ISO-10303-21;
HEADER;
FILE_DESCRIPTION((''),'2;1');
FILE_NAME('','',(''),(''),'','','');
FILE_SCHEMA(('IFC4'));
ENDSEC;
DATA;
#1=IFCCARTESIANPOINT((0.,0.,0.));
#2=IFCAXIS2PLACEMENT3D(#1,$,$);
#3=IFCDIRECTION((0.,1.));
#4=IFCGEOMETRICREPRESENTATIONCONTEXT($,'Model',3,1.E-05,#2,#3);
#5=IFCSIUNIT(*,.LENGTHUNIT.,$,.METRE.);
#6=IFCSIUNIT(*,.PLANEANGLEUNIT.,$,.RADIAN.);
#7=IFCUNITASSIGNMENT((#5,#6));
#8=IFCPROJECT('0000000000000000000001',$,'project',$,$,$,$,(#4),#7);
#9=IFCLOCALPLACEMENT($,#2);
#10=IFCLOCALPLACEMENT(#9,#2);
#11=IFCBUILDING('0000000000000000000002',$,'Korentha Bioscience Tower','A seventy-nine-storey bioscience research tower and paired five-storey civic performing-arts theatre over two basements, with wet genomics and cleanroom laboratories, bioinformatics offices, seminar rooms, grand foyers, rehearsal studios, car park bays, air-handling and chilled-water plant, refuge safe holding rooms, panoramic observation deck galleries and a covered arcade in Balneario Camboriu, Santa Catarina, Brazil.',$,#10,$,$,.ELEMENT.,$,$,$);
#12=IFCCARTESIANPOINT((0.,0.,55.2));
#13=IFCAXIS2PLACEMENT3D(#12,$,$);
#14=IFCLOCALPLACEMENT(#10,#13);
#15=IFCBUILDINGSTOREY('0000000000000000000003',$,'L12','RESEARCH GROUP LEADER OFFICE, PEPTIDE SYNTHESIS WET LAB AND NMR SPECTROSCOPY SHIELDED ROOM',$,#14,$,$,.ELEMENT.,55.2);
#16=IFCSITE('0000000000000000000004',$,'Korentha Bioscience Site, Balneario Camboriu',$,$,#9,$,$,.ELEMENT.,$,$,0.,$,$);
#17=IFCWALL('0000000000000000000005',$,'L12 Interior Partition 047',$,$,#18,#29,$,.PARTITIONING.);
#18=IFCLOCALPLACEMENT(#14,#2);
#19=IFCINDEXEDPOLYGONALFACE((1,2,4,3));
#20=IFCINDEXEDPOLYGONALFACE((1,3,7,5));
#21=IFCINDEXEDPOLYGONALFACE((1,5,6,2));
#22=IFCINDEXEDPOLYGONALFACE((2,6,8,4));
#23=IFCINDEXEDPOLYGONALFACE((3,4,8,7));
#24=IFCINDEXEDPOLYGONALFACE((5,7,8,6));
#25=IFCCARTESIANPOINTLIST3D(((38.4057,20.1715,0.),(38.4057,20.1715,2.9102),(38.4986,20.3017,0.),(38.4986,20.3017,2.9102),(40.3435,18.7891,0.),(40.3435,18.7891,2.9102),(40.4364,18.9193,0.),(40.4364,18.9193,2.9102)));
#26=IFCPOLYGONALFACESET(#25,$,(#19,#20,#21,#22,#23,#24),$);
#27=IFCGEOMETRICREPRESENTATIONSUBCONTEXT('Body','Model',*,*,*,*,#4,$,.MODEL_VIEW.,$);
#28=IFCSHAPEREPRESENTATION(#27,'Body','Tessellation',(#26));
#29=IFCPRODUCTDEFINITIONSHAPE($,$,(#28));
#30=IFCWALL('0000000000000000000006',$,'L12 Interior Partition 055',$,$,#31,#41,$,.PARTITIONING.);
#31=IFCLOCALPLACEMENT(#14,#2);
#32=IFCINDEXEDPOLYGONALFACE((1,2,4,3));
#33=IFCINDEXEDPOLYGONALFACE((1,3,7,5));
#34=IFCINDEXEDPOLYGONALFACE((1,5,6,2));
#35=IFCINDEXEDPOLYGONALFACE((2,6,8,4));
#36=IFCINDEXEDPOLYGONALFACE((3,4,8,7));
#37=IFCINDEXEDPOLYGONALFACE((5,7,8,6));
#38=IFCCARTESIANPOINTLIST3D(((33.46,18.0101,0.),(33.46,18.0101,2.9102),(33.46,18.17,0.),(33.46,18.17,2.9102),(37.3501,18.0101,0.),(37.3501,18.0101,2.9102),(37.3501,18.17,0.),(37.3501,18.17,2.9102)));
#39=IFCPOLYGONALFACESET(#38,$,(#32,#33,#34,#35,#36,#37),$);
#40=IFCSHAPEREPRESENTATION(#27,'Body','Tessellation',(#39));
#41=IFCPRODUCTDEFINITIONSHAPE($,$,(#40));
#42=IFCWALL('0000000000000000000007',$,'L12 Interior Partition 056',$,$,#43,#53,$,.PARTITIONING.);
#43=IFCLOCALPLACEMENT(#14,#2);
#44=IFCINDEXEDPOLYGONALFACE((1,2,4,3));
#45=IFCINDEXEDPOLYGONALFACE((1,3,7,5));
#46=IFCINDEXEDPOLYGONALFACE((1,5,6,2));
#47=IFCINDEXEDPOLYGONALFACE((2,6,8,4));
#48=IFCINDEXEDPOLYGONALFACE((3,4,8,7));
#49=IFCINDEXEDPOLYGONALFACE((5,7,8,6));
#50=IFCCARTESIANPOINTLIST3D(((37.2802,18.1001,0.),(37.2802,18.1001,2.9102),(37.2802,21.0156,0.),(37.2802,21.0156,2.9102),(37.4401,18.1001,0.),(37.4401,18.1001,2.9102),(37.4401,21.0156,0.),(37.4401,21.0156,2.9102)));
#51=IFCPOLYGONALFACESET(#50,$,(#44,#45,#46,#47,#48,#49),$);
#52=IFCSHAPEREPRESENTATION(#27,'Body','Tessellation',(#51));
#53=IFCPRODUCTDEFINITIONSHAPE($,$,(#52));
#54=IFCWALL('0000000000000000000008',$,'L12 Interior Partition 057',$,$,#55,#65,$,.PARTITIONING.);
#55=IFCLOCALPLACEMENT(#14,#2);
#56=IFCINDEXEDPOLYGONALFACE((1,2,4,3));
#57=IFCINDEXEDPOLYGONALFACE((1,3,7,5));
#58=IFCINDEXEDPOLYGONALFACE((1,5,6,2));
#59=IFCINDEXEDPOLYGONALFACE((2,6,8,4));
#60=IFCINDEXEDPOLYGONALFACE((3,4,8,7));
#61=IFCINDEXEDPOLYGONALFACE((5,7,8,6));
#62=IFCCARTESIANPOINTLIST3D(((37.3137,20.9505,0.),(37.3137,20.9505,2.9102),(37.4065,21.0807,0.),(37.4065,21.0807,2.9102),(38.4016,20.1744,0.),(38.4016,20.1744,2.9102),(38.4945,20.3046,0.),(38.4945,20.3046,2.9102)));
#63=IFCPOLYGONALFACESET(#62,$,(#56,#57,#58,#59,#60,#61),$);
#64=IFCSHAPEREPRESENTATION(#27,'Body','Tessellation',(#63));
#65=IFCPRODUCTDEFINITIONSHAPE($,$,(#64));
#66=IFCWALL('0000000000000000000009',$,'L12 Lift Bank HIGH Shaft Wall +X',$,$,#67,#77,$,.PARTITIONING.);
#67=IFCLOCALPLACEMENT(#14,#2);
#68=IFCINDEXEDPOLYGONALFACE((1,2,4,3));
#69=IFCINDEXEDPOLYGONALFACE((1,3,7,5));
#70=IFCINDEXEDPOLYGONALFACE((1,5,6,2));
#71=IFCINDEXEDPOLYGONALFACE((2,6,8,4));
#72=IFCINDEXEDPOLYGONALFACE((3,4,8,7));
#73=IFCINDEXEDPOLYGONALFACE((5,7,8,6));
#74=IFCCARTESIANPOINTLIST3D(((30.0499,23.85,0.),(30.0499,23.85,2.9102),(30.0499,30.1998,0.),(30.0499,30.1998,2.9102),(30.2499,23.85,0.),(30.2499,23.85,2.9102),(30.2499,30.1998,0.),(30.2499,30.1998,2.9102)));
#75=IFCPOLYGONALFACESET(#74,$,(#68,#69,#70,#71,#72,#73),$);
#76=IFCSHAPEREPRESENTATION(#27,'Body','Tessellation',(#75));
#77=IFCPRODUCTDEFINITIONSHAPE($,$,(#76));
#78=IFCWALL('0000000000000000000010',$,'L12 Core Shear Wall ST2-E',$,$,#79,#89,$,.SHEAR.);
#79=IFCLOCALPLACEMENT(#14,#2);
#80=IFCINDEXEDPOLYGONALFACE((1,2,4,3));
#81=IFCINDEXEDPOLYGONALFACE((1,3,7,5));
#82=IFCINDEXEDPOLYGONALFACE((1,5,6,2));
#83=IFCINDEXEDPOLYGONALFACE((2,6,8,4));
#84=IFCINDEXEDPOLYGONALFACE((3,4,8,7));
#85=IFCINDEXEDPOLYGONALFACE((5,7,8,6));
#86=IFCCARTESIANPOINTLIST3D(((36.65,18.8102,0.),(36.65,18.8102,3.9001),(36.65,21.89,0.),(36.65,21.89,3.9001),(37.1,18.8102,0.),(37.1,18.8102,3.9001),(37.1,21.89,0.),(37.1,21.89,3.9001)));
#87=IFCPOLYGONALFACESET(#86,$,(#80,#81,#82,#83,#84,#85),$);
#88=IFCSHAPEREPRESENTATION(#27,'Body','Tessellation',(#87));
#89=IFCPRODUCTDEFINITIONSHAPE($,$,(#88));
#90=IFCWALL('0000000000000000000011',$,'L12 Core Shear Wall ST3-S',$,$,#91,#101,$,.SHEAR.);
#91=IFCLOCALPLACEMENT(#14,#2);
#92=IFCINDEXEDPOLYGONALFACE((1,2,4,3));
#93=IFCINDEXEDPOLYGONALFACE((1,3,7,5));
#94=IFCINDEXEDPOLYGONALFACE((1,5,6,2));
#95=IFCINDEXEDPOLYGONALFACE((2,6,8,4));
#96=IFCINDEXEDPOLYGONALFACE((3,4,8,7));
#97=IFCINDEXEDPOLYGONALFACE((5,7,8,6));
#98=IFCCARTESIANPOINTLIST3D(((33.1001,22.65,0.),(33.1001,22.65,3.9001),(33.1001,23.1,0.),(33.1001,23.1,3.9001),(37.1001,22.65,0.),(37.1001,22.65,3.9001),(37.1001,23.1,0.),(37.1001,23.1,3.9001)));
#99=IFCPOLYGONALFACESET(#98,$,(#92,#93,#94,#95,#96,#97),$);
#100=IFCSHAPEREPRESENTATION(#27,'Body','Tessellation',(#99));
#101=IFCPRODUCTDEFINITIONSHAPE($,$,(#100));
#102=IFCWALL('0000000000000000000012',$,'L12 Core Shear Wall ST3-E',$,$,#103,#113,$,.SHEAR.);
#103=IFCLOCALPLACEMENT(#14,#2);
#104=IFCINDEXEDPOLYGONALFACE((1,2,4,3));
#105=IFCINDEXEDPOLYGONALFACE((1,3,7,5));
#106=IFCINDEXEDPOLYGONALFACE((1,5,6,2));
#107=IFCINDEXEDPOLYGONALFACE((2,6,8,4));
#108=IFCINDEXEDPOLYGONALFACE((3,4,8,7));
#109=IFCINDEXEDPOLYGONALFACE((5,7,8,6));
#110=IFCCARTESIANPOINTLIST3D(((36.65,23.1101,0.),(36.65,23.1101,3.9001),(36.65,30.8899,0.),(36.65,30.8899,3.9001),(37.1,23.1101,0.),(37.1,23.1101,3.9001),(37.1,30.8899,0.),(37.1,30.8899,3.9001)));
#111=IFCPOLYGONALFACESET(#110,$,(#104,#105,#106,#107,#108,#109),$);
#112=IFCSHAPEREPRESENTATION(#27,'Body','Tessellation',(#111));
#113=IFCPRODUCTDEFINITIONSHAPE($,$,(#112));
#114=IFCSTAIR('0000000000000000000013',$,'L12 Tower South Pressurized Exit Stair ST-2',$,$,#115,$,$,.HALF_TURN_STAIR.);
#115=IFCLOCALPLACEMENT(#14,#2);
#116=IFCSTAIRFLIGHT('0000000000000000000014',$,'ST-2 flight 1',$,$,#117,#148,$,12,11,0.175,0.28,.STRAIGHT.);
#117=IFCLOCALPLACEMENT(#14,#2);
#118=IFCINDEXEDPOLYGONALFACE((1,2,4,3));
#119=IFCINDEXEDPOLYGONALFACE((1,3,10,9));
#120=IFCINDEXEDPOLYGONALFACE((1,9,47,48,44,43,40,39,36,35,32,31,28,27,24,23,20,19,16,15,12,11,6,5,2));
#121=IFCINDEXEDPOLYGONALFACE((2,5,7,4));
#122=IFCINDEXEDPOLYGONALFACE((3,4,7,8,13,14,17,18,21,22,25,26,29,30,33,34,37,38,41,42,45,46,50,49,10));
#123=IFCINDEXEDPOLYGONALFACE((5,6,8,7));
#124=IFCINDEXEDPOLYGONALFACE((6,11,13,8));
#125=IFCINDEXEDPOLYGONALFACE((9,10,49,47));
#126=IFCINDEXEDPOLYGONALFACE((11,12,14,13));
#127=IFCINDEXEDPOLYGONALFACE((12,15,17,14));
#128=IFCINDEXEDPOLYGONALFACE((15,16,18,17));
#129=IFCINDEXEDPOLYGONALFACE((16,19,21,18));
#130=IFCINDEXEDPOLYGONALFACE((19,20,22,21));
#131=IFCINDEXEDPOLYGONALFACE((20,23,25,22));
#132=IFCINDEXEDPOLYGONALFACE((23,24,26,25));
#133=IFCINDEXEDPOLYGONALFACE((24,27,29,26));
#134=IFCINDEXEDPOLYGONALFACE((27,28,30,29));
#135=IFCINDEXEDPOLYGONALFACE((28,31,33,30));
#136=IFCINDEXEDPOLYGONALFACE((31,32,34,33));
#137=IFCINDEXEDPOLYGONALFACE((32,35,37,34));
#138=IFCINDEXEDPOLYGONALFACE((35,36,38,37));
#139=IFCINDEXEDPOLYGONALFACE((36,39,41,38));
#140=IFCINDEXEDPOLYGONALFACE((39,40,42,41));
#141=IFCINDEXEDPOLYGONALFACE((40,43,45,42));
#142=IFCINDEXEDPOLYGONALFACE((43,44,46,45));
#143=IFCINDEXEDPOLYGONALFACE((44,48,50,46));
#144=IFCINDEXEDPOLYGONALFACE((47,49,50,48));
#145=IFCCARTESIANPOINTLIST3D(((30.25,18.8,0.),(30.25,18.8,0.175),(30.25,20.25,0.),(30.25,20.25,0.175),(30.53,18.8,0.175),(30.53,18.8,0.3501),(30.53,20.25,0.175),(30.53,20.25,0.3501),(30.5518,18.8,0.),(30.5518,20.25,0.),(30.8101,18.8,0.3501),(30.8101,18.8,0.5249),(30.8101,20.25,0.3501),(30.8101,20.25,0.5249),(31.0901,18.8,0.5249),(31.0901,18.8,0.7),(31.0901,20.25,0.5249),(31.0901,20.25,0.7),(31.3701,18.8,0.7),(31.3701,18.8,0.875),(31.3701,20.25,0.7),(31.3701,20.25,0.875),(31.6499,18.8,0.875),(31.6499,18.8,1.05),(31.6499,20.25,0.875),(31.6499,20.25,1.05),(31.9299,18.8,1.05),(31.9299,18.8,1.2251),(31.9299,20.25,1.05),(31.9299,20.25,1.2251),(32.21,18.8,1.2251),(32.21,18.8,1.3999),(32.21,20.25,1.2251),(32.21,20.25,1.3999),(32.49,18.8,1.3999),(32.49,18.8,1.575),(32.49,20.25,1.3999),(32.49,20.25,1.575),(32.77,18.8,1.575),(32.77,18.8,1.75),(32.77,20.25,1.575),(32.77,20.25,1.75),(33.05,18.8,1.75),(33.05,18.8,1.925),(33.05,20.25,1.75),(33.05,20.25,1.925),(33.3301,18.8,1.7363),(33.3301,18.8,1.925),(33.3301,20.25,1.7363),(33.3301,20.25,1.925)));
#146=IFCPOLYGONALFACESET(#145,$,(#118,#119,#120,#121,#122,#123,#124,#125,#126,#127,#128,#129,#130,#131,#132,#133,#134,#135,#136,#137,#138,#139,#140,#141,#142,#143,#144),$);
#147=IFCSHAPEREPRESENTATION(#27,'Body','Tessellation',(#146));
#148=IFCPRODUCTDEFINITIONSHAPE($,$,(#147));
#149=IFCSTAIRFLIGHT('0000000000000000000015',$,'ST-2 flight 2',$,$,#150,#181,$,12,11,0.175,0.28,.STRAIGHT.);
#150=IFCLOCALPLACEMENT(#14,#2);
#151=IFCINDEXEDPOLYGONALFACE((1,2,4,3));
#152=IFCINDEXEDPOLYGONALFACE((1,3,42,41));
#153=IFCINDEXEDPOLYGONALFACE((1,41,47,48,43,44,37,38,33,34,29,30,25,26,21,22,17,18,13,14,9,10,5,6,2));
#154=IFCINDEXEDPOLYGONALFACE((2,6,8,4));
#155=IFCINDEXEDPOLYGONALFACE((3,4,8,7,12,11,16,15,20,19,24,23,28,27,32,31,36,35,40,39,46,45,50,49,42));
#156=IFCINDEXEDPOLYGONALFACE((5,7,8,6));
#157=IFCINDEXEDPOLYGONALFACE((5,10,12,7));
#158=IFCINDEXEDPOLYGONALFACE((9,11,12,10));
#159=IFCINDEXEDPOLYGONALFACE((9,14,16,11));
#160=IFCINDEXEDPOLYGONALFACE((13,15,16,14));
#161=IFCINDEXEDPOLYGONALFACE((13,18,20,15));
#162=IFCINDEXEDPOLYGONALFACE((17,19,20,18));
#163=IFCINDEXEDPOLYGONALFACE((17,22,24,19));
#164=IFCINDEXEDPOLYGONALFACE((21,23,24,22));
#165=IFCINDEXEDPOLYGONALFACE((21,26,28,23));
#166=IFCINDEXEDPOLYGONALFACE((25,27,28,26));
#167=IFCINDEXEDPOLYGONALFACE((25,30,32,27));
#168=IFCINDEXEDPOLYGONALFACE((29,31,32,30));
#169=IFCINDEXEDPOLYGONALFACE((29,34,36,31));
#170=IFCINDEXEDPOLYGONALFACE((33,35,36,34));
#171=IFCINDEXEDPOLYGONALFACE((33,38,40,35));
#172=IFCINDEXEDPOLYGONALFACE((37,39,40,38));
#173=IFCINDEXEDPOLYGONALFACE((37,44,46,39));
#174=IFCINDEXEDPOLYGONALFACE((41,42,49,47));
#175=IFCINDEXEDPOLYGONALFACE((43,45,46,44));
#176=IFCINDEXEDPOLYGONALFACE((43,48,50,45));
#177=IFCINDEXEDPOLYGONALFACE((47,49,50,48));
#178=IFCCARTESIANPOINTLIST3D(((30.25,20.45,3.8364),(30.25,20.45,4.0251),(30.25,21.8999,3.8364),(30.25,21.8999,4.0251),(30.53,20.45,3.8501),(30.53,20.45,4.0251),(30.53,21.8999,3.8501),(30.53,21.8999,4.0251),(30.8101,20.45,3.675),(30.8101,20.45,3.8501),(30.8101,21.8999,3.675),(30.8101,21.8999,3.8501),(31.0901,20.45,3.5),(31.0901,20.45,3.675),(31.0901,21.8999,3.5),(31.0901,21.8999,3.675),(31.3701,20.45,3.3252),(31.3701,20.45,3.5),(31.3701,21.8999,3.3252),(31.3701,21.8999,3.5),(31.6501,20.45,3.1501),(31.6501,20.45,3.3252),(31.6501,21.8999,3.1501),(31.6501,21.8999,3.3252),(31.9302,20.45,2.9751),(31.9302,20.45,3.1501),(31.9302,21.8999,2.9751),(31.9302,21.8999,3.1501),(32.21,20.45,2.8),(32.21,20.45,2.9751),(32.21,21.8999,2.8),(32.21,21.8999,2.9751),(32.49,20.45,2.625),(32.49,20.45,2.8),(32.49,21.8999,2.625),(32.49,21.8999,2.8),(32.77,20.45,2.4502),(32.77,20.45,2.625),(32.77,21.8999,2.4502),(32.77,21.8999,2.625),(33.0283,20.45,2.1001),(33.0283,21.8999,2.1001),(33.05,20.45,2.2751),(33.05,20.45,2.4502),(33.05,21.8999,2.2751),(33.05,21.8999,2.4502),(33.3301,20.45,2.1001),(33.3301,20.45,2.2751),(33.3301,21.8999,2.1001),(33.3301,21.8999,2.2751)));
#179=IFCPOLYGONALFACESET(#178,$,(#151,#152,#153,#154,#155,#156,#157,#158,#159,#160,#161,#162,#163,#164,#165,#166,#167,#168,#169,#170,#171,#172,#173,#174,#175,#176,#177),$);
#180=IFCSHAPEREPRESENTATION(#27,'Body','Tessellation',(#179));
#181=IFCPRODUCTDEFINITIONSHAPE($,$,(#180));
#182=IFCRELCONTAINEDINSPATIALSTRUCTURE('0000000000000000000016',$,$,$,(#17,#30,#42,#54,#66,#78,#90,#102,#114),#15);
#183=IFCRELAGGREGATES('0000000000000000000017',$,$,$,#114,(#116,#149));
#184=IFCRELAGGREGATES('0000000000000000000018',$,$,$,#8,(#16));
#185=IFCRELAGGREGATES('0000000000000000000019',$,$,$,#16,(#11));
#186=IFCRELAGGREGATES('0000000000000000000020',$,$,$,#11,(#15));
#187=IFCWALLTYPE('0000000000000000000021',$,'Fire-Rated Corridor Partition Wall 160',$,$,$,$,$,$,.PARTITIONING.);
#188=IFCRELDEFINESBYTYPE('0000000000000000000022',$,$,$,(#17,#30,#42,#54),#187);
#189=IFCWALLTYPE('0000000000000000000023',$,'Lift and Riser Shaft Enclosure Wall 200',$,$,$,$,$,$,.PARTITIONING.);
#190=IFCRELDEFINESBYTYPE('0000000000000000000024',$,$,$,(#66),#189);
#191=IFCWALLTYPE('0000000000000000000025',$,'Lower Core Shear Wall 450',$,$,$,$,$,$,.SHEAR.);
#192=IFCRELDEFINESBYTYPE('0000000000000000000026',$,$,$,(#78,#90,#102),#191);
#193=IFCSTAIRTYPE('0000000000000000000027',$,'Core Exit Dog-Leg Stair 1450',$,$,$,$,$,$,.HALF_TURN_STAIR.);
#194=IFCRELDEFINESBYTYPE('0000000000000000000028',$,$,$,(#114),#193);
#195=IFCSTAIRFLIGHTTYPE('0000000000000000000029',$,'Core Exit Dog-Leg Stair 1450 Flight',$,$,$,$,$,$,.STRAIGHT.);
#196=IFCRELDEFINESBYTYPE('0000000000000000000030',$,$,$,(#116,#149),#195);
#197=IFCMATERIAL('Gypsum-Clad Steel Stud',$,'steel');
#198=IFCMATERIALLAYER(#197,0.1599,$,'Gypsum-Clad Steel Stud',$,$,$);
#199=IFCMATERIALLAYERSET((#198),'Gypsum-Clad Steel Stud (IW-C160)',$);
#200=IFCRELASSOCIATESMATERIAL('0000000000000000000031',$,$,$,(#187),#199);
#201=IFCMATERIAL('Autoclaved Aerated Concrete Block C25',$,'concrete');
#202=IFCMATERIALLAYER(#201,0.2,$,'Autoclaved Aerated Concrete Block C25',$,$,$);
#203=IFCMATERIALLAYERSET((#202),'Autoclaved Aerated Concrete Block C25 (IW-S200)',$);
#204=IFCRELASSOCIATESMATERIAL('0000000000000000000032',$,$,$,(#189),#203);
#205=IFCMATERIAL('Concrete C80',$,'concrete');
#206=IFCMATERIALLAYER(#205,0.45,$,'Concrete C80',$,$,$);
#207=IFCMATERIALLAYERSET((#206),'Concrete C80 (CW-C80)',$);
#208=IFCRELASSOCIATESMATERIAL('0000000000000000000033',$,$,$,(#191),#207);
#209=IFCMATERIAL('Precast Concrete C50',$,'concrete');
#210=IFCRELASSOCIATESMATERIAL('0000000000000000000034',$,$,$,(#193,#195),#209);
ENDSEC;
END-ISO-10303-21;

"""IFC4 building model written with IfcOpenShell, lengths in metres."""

from ifc_helpers import new_model, si_unit, direction, frame, frame_2d, origin, place, context, subcontext, project, spatial, polyline, rectangle, outline, extrude, material, layer, layer_set, type_object, element, aggregate, save


model = new_model("IFC4")

# Units and contexts
model_context = context("Model", 3, precision=1e-05, world=origin(), true_north=direction((0.0, 1.0)))
body_context = subcontext(model_context, "Body", "Model", "MODEL_VIEW")
ifc_project = project(units=[si_unit("LENGTHUNIT", "METRE"), si_unit("PLANEANGLEUNIT", "RADIAN")], contexts=[model_context])

# Site, building, storey
site_placement = place(None, origin())
site = spatial("IfcSite", under=ifc_project, at=site_placement, Name="Korentha Bioscience Site, Balneario Camboriu", CompositionType="ELEMENT", RefElevation=0.0)
building_placement = place(site_placement, origin())
building = spatial("IfcBuilding", under=site, at=building_placement, Name="Korentha Bioscience Tower", Description="A seventy-nine-storey bioscience research tower and paired five-storey civic performing-arts theatre over two basements, with wet genomics and cleanroom laboratories, bioinformatics offices, seminar rooms, grand foyers, rehearsal studios, car park bays, air-handling and chilled-water plant, refuge safe holding rooms, panoramic observation deck galleries and a covered arcade in Balneario Camboriu, Santa Catarina, Brazil.", CompositionType="ELEMENT")
storey_placement = place(building_placement, frame((0.0, 0.0, 55.2)))
storey = spatial("IfcBuildingStorey", under=building, at=storey_placement, Name="L12", Description="RESEARCH GROUP LEADER OFFICE, PEPTIDE SYNTHESIS WET LAB AND NMR SPECTROSCOPY SHIELDED ROOM", CompositionType="ELEMENT", Elevation=55.2)

# Walls
ifc_material_1 = material(Name="Gypsum-Clad Steel Stud", Category="steel")
ifc_layer_1 = layer(ifc_material_1, 0.1599, Name="Gypsum-Clad Steel Stud")
ifc_layer_set_1 = layer_set([ifc_layer_1], Name="Gypsum-Clad Steel Stud (IW-C160)")
wall_type_1 = type_object("IfcWallType", Name="Fire-Rated Corridor Partition Wall 160", PredefinedType="PARTITIONING", material=ifc_layer_set_1)
wall_1_placement = place(storey_placement, frame((38.4521, 20.2366, 0.0), z_axis=(0.0, 0.0, 1.0), x_axis=(0.814087, -0.580743, 0.0)))
element("IfcWall", 1, at=wall_1_placement, inside=storey, type_object=wall_type_1, Name="L12 Interior Partition 047", PredefinedType="PARTITIONING", context=body_context, shape_type="SweptSolid", body=[
    extrude(rectangle(XDim=2.3804, YDim=0.1599, at=frame_2d((1.1902, 0.0))), origin(), (0.0, 0.0, 1.0), 2.9102),
])
wall_2_placement = place(storey_placement, frame((33.46, 18.0901, 0.0), z_axis=(0.0, 0.0, 1.0), x_axis=(1.0, 0.0, 0.0)))
element("IfcWall", 2, at=wall_2_placement, inside=storey, type_object=wall_type_1, Name="L12 Interior Partition 055", PredefinedType="PARTITIONING", context=body_context, shape_type="SweptSolid", body=[
    extrude(rectangle(XDim=3.8901, YDim=0.1599, at=frame_2d((1.9451, 0.0))), origin(), (0.0, 0.0, 1.0), 2.9102),
])
wall_3_placement = place(storey_placement, frame((37.3601, 18.1001, 0.0), z_axis=(0.0, 0.0, 1.0), x_axis=(0.0, 1.0, 0.0)))
element("IfcWall", 3, at=wall_3_placement, inside=storey, type_object=wall_type_1, Name="L12 Interior Partition 056", PredefinedType="PARTITIONING", context=body_context, shape_type="SweptSolid", body=[
    extrude(rectangle(XDim=2.9155, YDim=0.1599, at=frame_2d((1.4578, 0.0))), origin(), (0.0, 0.0, 1.0), 2.9102),
])
wall_4_placement = place(storey_placement, frame((37.3601, 21.0156, 0.0), z_axis=(0.0, 0.0, 1.0), x_axis=(0.814067, -0.580771, 0.0)))
element("IfcWall", 4, at=wall_4_placement, inside=storey, type_object=wall_type_1, Name="L12 Interior Partition 057", PredefinedType="PARTITIONING", context=body_context, shape_type="SweptSolid", body=[
    extrude(rectangle(XDim=1.3364, YDim=0.1599, at=frame_2d((0.6682, 0.0))), origin(), (0.0, 0.0, 1.0), 2.9102),
])
ifc_material_2 = material(Name="Autoclaved Aerated Concrete Block C25", Category="concrete")
ifc_layer_2 = layer(ifc_material_2, 0.2, Name="Autoclaved Aerated Concrete Block C25")
ifc_layer_set_2 = layer_set([ifc_layer_2], Name="Autoclaved Aerated Concrete Block C25 (IW-S200)")
wall_type_2 = type_object("IfcWallType", Name="Lift and Riser Shaft Enclosure Wall 200", PredefinedType="PARTITIONING", material=ifc_layer_set_2)
wall_5_placement = place(storey_placement, frame((30.1499, 23.8501, 0.0), z_axis=(0.0, 0.0, 1.0), x_axis=(0.0, 1.0, 0.0)))
element("IfcWall", 5, at=wall_5_placement, inside=storey, type_object=wall_type_2, Name="L12 Lift Bank HIGH Shaft Wall +X", PredefinedType="PARTITIONING", context=body_context, shape_type="SweptSolid", body=[
    extrude(rectangle(XDim=6.3499, YDim=0.2, at=frame_2d((3.1748, 0.0))), origin(), (0.0, 0.0, 1.0), 2.9102),
])
ifc_material_3 = material(Name="Concrete C80", Category="concrete")
ifc_layer_3 = layer(ifc_material_3, 0.45, Name="Concrete C80")
ifc_layer_set_3 = layer_set([ifc_layer_3], Name="Concrete C80 (CW-C80)")
wall_type_3 = type_object("IfcWallType", Name="Lower Core Shear Wall 450", PredefinedType="SHEAR", material=ifc_layer_set_3)
wall_6_placement = place(storey_placement, frame((36.875, 18.8101, 0.0), z_axis=(0.0, 0.0, 1.0), x_axis=(0.0, 1.0, 0.0)))
element("IfcWall", 6, at=wall_6_placement, inside=storey, type_object=wall_type_3, Name="L12 Core Shear Wall ST2-E", PredefinedType="SHEAR", context=body_context, shape_type="SweptSolid", body=[
    extrude(rectangle(XDim=3.0798, YDim=0.45, at=frame_2d((1.54, 0.0))), origin(), (0.0, 0.0, 1.0), 3.9001),
])
wall_7_placement = place(storey_placement, frame((33.1001, 22.875, 0.0), z_axis=(0.0, 0.0, 1.0), x_axis=(1.0, 0.0, 0.0)))
element("IfcWall", 7, at=wall_7_placement, inside=storey, type_object=wall_type_3, Name="L12 Core Shear Wall ST3-S", PredefinedType="SHEAR", context=body_context, shape_type="SweptSolid", body=[
    extrude(rectangle(XDim=4.0, YDim=0.45, at=frame_2d((2.0, 0.0))), origin(), (0.0, 0.0, 1.0), 3.9001),
])
wall_8_placement = place(storey_placement, frame((36.875, 23.1101, 0.0), z_axis=(0.0, 0.0, 1.0), x_axis=(0.0, 1.0, 0.0)))
element("IfcWall", 8, at=wall_8_placement, inside=storey, type_object=wall_type_3, Name="L12 Core Shear Wall ST3-E", PredefinedType="SHEAR", context=body_context, shape_type="SweptSolid", body=[
    extrude(rectangle(XDim=7.7798, YDim=0.45, at=frame_2d((3.8899, 0.0))), origin(), (0.0, 0.0, 1.0), 3.9001),
])

# Stair, stair flights
ifc_material_4 = material(Name="Precast Concrete C50", Category="concrete")
stair_type = type_object("IfcStairType", Name="Core Exit Dog-Leg Stair 1450", PredefinedType="HALF_TURN_STAIR", material=ifc_material_4)
stair_1_placement = place(storey_placement, origin())
stair_1 = element("IfcStair", 9, at=stair_1_placement, inside=storey, type_object=stair_type, Name="L12 Tower South Pressurized Exit Stair ST-2", PredefinedType="HALF_TURN_STAIR")
stair_flight_type = type_object("IfcStairFlightType", Name="Core Exit Dog-Leg Stair 1450 Flight", PredefinedType="STRAIGHT", material=ifc_material_4)
stair_flight_1_placement = place(storey_placement, frame((30.25, 19.5249, 0.0), z_axis=(0.0, 0.0, 1.0), x_axis=(1.0, 0.0, 0.0)))
stair_flight_1 = element("IfcStairFlight", 10, at=stair_flight_1_placement, type_object=stair_flight_type, Name="ST-2 flight 1", NumberOfRisers=12, NumberOfTreads=11, PredefinedType="STRAIGHT", RiserHeight=0.175, TreadLength=0.28, context=body_context, shape_type="SweptSolid", body=[
    extrude(outline(polyline([(0.0, 0.0), (0.0, 0.175), (0.28, 0.175), (0.28, 0.3501), (0.5601, 0.3501), (0.5601, 0.5249), (0.8401, 0.5249), (0.8401, 0.7), (1.1201, 0.7), (1.1201, 0.875), (1.3999, 0.875), (1.3999, 1.05), (1.6799, 1.05), (1.6799, 1.2251), (1.96, 1.2251), (1.96, 1.3999), (2.24, 1.3999), (2.24, 1.575), (2.52, 1.575), (2.52, 1.75), (2.8, 1.75), (2.8, 1.925), (3.0801, 1.925), (3.0801, 2.1001), (3.0801, 1.7363), (0.3018, 0.0), (0.0, 0.0)])), frame((0.0, 0.7251, 0.0), z_axis=(0.0, -1.0, 0.0), x_axis=(1.0, 0.0, 0.0)), (0.0, 0.0, 1.0), 1.45),
])
stair_flight_2_placement = place(storey_placement, frame((33.3301, 21.175, 2.1001), z_axis=(0.0, 0.0, 1.0), x_axis=(-1.0, 0.0, 0.0)))
stair_flight_2 = element("IfcStairFlight", 11, at=stair_flight_2_placement, type_object=stair_flight_type, Name="ST-2 flight 2", NumberOfRisers=12, NumberOfTreads=11, PredefinedType="STRAIGHT", RiserHeight=0.175, TreadLength=0.28, context=body_context, shape_type="SweptSolid", body=[
    extrude(outline(polyline([(0.0, 0.0), (0.0, 0.175), (0.28, 0.175), (0.28, 0.3501), (0.5601, 0.3501), (0.5601, 0.5249), (0.8401, 0.5249), (0.8401, 0.7), (1.1201, 0.7), (1.1201, 0.875), (1.3999, 0.875), (1.3999, 1.05), (1.6799, 1.05), (1.6799, 1.2251), (1.96, 1.2251), (1.96, 1.3999), (2.24, 1.3999), (2.24, 1.575), (2.52, 1.575), (2.52, 1.75), (2.8, 1.75), (2.8, 1.925), (3.0801, 1.925), (3.0801, 2.1001), (3.0801, 1.7363), (0.3018, 0.0), (0.0, 0.0)])), frame((0.0, 0.7251, 0.0), z_axis=(0.0, -1.0, 0.0), x_axis=(1.0, 0.0, 0.0)), (0.0, 0.0, 1.0), 1.45),
])
aggregate(stair_1, [stair_flight_1, stair_flight_2])

save(model, "model.ifc")
